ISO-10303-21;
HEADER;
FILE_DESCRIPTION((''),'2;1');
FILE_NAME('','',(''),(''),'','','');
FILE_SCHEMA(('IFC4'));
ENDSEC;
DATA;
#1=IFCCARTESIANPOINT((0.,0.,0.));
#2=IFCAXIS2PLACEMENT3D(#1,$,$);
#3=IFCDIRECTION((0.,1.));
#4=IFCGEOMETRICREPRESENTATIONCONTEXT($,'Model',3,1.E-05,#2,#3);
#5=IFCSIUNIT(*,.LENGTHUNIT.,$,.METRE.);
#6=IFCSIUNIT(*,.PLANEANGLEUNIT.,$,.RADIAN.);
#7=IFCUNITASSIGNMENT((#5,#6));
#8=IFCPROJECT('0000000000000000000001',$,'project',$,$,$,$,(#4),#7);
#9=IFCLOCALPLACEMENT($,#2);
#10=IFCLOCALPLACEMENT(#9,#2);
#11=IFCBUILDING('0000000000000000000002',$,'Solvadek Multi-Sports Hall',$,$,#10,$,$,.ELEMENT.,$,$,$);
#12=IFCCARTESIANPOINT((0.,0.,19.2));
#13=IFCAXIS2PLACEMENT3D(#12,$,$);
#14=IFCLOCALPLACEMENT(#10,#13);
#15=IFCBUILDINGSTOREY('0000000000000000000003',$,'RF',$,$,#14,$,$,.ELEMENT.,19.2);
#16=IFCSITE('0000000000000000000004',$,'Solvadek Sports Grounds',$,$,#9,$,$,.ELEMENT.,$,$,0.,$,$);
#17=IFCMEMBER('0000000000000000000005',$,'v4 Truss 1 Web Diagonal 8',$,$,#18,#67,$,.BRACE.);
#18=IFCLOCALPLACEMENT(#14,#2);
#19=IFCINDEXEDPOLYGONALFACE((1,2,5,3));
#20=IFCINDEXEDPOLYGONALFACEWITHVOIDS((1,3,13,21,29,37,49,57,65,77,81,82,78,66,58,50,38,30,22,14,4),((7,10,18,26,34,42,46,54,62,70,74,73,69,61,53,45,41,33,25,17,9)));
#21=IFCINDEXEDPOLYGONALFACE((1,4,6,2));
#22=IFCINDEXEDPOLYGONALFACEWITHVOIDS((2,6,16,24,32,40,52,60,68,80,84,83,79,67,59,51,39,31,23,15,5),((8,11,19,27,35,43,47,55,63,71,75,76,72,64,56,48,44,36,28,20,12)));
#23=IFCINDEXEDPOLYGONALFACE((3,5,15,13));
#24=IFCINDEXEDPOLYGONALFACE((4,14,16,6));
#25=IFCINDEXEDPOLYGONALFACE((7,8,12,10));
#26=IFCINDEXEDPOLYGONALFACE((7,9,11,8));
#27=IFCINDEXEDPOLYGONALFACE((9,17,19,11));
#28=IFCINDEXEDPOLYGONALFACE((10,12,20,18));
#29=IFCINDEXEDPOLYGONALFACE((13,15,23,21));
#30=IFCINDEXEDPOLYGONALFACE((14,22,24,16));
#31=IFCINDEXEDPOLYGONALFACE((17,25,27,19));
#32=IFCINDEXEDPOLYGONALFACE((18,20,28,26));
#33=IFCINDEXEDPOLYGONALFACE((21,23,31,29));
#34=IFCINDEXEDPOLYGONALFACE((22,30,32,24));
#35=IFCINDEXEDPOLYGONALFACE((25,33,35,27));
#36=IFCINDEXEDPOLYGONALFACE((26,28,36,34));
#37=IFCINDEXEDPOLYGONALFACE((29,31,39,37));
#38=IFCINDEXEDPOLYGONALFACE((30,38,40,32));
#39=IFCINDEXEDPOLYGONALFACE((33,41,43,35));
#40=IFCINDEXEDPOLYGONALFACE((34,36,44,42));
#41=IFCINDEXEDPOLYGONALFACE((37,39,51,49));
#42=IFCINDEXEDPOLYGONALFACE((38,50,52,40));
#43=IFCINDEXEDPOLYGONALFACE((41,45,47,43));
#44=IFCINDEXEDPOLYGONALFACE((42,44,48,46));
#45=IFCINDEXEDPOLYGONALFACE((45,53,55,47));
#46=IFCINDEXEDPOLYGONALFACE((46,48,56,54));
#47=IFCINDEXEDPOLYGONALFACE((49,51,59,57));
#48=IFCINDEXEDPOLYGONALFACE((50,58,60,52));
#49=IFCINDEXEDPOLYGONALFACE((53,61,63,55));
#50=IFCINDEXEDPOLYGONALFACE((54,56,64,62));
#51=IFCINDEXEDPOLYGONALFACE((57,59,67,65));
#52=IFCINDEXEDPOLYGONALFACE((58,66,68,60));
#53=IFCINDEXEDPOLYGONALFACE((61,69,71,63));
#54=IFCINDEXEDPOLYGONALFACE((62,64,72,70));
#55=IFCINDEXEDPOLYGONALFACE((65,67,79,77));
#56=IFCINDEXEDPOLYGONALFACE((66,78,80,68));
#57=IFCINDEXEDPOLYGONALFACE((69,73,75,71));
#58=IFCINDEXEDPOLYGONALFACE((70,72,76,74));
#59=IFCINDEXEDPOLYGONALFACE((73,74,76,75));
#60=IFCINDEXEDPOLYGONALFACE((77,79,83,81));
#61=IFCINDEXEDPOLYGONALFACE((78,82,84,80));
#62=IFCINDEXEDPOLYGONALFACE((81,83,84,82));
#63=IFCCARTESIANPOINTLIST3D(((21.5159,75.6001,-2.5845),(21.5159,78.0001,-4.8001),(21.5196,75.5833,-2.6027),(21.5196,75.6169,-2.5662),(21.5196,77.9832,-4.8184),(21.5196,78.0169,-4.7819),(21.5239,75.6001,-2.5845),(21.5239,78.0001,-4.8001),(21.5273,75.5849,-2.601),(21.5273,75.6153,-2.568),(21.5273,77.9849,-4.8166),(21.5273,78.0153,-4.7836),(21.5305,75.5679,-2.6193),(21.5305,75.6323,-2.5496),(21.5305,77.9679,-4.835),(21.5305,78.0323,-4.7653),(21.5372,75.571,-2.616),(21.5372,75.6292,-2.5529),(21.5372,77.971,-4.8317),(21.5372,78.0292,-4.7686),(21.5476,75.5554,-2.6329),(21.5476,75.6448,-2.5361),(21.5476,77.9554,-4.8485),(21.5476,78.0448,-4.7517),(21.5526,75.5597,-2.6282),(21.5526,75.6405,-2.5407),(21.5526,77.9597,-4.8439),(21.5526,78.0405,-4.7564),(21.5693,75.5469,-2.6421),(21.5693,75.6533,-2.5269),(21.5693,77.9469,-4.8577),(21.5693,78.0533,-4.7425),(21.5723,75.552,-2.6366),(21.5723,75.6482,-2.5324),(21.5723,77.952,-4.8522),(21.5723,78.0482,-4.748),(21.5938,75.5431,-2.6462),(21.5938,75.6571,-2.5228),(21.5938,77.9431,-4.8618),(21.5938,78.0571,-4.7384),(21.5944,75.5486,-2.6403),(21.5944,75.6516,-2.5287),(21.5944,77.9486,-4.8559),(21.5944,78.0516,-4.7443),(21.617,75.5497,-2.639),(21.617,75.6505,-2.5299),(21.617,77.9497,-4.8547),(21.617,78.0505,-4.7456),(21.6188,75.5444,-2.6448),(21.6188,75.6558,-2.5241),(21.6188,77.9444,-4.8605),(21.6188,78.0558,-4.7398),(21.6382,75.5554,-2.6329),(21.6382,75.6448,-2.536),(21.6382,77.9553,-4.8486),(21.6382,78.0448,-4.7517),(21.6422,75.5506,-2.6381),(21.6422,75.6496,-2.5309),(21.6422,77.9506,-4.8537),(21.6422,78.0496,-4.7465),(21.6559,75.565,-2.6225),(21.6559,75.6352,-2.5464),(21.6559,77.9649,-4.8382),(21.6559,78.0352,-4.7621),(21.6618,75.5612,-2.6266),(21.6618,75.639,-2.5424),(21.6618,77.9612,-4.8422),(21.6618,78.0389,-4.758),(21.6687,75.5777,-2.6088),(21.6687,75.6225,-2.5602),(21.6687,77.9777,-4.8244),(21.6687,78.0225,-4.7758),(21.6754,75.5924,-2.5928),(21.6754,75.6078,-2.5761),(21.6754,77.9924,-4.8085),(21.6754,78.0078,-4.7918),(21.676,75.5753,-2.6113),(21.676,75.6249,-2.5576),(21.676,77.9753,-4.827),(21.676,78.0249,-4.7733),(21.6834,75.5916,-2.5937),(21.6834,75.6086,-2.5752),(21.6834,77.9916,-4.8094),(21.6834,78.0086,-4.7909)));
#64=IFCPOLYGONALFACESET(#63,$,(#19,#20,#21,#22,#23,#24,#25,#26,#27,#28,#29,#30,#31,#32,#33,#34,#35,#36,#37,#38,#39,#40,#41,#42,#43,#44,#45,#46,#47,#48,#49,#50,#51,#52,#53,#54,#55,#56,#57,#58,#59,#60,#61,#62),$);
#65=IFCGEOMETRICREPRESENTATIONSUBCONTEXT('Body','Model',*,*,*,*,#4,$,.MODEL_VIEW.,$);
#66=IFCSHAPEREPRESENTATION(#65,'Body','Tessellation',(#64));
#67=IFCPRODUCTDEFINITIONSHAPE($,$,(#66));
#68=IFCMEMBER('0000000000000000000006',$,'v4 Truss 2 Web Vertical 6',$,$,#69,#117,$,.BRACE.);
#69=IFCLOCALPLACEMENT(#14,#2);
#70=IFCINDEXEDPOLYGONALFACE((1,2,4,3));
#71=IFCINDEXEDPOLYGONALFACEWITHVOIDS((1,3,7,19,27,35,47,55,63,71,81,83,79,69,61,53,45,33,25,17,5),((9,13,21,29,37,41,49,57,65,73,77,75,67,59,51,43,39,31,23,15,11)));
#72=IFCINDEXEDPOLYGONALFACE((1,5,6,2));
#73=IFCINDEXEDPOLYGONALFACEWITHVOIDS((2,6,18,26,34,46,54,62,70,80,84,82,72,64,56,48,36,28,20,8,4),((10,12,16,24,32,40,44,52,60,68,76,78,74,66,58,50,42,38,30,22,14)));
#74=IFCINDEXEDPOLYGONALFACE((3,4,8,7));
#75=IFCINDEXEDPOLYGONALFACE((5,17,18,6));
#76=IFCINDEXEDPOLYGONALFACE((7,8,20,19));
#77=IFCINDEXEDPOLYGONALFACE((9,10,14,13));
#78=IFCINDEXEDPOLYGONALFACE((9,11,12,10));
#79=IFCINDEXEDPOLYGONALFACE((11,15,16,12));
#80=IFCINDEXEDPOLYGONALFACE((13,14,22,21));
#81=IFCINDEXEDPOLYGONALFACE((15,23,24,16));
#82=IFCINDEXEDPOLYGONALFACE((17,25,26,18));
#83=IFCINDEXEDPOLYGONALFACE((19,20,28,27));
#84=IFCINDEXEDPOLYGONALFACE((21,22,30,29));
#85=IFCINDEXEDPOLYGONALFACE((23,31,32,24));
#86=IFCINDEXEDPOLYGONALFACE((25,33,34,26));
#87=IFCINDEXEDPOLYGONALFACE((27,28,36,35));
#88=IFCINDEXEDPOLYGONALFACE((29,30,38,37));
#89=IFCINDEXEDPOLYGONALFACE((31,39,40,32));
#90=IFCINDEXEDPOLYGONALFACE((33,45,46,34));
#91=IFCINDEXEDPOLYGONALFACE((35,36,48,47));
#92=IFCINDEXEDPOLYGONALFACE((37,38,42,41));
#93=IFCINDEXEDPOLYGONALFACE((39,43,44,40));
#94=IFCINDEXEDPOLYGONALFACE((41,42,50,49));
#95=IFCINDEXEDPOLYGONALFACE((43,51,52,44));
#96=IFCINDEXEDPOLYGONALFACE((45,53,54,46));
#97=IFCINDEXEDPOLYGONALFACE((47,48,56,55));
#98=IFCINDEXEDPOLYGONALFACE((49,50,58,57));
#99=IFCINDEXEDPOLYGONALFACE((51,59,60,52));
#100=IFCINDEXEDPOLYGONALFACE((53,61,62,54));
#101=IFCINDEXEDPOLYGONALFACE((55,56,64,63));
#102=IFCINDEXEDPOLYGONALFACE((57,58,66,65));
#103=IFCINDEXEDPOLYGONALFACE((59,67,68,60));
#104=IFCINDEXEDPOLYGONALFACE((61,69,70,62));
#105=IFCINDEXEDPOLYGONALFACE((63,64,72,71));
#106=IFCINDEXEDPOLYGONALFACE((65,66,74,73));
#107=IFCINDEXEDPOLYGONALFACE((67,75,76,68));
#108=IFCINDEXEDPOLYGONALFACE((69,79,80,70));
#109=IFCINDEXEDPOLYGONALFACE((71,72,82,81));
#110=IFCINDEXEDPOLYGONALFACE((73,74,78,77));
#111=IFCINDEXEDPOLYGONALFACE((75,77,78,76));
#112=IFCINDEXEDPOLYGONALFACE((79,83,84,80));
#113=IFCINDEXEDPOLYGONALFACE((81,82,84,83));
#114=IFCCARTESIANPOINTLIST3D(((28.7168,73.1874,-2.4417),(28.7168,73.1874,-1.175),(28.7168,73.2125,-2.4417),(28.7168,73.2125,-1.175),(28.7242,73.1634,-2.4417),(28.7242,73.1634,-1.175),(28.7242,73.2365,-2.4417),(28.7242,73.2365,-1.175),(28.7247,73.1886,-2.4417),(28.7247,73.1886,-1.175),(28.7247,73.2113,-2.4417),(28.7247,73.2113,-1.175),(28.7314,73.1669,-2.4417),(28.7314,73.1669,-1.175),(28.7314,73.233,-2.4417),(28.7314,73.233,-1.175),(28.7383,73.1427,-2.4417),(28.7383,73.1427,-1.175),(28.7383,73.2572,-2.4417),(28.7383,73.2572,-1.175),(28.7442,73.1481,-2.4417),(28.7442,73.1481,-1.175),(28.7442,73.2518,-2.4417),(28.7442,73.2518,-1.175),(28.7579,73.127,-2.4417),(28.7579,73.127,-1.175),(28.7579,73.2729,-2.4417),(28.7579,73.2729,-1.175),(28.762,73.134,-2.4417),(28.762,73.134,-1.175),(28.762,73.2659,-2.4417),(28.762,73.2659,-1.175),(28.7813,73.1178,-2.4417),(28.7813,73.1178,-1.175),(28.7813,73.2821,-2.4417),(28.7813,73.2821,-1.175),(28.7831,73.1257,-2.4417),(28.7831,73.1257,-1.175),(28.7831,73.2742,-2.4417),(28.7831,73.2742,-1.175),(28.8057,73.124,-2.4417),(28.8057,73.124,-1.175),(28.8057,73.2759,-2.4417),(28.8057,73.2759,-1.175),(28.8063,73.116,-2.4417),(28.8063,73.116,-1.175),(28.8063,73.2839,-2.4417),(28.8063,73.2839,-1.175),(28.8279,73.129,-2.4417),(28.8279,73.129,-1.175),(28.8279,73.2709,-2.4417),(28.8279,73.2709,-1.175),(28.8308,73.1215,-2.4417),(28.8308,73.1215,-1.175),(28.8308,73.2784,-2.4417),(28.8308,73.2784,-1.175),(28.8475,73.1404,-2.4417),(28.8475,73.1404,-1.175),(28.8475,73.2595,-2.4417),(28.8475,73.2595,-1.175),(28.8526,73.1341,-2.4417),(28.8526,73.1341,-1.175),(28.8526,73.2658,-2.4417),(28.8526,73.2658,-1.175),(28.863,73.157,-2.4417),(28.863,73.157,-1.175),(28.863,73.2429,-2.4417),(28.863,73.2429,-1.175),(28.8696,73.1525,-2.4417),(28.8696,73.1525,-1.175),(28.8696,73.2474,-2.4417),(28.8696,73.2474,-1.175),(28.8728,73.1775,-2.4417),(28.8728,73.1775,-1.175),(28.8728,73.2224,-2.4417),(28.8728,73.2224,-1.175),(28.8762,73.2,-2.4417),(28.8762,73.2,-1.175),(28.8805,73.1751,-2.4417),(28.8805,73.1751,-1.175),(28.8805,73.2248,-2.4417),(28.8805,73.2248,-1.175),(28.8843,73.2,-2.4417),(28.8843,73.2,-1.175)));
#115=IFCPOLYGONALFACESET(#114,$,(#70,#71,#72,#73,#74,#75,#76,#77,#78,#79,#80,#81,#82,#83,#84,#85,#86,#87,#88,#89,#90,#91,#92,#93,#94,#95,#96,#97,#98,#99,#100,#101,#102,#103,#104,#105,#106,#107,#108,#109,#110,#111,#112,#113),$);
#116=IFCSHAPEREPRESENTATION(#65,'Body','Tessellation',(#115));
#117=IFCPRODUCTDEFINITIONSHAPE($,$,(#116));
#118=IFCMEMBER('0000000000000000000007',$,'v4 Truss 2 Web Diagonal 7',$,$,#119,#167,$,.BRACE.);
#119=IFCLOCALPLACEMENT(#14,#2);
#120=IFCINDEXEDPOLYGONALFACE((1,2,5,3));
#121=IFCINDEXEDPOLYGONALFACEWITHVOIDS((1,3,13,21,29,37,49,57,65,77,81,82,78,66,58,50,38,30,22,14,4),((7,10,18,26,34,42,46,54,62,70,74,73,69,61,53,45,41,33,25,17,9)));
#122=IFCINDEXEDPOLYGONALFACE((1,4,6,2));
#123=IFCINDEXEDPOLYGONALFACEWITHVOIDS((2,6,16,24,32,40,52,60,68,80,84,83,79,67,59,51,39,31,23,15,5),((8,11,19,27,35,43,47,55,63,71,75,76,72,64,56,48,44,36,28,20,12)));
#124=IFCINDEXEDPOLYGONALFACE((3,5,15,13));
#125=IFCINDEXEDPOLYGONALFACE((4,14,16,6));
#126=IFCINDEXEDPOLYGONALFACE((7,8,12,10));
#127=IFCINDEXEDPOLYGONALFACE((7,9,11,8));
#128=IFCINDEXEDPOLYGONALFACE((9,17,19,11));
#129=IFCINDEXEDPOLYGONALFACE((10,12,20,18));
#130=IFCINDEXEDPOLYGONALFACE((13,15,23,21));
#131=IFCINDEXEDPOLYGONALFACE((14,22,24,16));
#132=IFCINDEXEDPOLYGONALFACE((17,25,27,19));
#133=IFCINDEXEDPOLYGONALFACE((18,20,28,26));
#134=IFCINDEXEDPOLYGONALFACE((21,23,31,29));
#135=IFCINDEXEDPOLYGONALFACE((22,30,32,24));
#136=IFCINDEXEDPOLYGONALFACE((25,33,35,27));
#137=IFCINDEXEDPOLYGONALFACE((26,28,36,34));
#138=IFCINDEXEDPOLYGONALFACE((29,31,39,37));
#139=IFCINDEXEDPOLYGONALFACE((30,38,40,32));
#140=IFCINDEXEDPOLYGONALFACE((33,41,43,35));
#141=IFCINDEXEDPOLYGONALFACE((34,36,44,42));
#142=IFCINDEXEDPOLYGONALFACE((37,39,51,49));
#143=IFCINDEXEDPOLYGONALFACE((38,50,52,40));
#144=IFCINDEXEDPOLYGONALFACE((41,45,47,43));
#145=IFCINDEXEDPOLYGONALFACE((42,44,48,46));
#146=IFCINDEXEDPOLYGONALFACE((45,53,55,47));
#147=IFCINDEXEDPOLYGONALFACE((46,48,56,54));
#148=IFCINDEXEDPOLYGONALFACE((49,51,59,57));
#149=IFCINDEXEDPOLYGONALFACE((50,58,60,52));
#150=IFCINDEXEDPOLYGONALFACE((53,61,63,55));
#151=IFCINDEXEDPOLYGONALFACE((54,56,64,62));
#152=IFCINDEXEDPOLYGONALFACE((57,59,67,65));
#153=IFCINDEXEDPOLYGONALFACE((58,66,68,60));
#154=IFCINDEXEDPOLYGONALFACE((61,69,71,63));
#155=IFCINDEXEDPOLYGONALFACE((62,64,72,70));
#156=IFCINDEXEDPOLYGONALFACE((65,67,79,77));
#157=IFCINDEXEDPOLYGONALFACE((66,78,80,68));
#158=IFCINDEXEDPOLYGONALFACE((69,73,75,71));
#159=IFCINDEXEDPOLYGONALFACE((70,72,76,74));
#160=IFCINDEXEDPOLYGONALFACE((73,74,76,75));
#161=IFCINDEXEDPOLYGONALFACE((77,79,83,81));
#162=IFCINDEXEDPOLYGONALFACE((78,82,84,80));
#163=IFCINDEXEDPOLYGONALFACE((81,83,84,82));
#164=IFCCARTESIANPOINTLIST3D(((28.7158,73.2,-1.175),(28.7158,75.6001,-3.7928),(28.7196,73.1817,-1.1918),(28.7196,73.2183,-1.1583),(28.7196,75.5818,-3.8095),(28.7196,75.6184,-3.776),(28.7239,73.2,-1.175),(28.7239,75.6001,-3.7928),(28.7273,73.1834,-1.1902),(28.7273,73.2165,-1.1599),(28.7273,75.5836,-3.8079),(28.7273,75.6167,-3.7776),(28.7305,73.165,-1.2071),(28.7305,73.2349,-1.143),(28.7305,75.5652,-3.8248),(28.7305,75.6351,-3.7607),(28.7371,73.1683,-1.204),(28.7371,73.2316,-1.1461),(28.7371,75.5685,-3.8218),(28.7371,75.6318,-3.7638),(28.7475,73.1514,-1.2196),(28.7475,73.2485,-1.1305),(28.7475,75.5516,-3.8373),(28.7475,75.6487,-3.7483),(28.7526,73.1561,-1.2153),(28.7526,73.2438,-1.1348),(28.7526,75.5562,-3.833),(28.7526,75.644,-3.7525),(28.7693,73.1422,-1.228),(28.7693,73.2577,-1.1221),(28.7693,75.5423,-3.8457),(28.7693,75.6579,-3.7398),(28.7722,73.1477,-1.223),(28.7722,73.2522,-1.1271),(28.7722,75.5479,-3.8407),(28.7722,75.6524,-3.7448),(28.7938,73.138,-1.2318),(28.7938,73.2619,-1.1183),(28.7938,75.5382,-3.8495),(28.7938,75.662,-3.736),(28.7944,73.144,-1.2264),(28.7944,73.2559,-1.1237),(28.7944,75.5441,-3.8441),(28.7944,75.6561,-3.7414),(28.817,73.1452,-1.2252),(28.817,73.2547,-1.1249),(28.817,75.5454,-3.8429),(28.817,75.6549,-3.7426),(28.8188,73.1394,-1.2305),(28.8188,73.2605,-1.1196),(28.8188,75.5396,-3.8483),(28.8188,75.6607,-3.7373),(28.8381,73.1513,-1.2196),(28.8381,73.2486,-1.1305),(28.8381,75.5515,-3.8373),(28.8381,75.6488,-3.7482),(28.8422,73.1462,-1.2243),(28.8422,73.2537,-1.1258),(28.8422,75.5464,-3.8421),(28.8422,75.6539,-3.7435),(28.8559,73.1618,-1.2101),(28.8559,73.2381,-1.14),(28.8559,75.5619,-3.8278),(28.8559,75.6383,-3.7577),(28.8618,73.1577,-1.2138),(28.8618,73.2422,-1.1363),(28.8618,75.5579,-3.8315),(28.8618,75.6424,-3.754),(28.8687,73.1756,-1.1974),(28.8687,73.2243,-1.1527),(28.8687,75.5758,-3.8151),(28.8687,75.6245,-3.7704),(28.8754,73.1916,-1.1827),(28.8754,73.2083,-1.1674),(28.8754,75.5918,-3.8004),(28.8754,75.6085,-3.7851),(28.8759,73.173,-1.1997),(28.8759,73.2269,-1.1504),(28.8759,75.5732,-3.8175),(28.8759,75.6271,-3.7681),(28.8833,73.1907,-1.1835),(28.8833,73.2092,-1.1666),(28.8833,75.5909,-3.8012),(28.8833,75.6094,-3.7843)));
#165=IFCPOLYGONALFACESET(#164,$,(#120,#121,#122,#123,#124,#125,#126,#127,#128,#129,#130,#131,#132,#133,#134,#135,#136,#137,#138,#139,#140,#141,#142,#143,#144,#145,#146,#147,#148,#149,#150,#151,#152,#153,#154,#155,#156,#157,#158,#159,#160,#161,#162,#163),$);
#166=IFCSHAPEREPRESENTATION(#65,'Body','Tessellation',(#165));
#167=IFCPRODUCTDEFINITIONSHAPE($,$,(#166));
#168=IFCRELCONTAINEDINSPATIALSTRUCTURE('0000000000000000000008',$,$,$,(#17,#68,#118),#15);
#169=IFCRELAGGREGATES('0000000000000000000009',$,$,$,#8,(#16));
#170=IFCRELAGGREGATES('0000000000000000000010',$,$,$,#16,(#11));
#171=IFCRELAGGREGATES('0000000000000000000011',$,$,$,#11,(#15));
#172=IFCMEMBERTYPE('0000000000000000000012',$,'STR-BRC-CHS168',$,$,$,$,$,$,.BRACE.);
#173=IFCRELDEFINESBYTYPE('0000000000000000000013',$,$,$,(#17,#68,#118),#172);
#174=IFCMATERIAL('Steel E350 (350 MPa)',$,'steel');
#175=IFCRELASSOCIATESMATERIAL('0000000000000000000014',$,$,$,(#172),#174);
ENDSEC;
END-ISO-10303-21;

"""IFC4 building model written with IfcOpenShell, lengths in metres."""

from ifc_helpers import new_model, si_unit, direction, frame, origin, origin_2d, place, context, subcontext, project, spatial, hollow_circle, extrude, material, material_profile, profile_set, type_object, element, save


model = new_model("IFC4")

# Units and contexts
model_context = context("Model", 3, precision=1e-05, world=origin(), true_north=direction((0.0, 1.0)))
body_context = subcontext(model_context, "Body", "Model", "MODEL_VIEW")
ifc_project = project(units=[si_unit("LENGTHUNIT", "METRE"), si_unit("PLANEANGLEUNIT", "RADIAN")], contexts=[model_context])

# Site, building, storey
site_placement = place(None, origin())
site = spatial("IfcSite", under=ifc_project, at=site_placement, Name="Solvadek Sports Grounds", CompositionType="ELEMENT", RefElevation=0.0)
building_placement = place(site_placement, origin())
building = spatial("IfcBuilding", under=site, at=building_placement, Name="Solvadek Multi-Sports Hall", CompositionType="ELEMENT")
storey_placement = place(building_placement, frame((0.0, 0.0, 19.2)))
storey = spatial("IfcBuildingStorey", under=building, at=storey_placement, Name="RF", CompositionType="ELEMENT", Elevation=19.2)

# Members
ifc_material_1 = material(Name="Steel E350 (350 MPa)", Category="steel")
ifc_material_profile_1 = material_profile(ifc_material_1, hollow_circle(Radius=0.0842, WallThickness=0.0081, at=origin_2d()), Name="CHS 168.3x8")
ifc_profile_set_1 = profile_set([ifc_material_profile_1], Name="Steel E350 (350 MPa)")
member_type_1 = type_object("IfcMemberType", Name="STR-BRC-CHS168", PredefinedType="BRACE", material=ifc_profile_set_1)
member_1_placement = place(storey_placement, frame((21.6001, 75.6001, -2.5845), z_axis=(0.0, 0.73476, -0.678327), x_axis=(-1.0, 0.0, 0.0)))
element("IfcMember", 1, at=member_1_placement, inside=storey, type_object=member_type_1, Name="v4 Truss 1 Web Diagonal 8", PredefinedType="BRACE", context=body_context, shape_type="SweptSolid", body=[
    extrude(hollow_circle(Radius=0.0842, WallThickness=0.0081, at=origin_2d()), origin(), (0.0, 0.0, 1.0), 3.2664),
])
member_2_placement = place(storey_placement, frame((28.8, 73.2, -2.4417), z_axis=(0.0, 0.0, 1.0), x_axis=(1.0, 0.0, 0.0)))
element("IfcMember", 2, at=member_2_placement, inside=storey, type_object=member_type_1, Name="v4 Truss 2 Web Vertical 6", PredefinedType="BRACE", context=body_context, shape_type="SweptSolid", body=[
    extrude(hollow_circle(Radius=0.0842, WallThickness=0.0081, at=origin_2d()), origin(), (0.0, 0.0, 1.0), 1.2666),
])
member_3_placement = place(storey_placement, frame((28.8, 73.2, -1.175), z_axis=(0.0, 0.675818, -0.737069), x_axis=(-1.0, 0.0, 0.0)))
element("IfcMember", 3, at=member_3_placement, inside=storey, type_object=member_type_1, Name="v4 Truss 2 Web Diagonal 7", PredefinedType="BRACE", context=body_context, shape_type="SweptSolid", body=[
    extrude(hollow_circle(Radius=0.0842, WallThickness=0.0081, at=origin_2d()), origin(), (0.0, 0.0, 1.0), 3.5515),
])

save(model, "model.ifc")
